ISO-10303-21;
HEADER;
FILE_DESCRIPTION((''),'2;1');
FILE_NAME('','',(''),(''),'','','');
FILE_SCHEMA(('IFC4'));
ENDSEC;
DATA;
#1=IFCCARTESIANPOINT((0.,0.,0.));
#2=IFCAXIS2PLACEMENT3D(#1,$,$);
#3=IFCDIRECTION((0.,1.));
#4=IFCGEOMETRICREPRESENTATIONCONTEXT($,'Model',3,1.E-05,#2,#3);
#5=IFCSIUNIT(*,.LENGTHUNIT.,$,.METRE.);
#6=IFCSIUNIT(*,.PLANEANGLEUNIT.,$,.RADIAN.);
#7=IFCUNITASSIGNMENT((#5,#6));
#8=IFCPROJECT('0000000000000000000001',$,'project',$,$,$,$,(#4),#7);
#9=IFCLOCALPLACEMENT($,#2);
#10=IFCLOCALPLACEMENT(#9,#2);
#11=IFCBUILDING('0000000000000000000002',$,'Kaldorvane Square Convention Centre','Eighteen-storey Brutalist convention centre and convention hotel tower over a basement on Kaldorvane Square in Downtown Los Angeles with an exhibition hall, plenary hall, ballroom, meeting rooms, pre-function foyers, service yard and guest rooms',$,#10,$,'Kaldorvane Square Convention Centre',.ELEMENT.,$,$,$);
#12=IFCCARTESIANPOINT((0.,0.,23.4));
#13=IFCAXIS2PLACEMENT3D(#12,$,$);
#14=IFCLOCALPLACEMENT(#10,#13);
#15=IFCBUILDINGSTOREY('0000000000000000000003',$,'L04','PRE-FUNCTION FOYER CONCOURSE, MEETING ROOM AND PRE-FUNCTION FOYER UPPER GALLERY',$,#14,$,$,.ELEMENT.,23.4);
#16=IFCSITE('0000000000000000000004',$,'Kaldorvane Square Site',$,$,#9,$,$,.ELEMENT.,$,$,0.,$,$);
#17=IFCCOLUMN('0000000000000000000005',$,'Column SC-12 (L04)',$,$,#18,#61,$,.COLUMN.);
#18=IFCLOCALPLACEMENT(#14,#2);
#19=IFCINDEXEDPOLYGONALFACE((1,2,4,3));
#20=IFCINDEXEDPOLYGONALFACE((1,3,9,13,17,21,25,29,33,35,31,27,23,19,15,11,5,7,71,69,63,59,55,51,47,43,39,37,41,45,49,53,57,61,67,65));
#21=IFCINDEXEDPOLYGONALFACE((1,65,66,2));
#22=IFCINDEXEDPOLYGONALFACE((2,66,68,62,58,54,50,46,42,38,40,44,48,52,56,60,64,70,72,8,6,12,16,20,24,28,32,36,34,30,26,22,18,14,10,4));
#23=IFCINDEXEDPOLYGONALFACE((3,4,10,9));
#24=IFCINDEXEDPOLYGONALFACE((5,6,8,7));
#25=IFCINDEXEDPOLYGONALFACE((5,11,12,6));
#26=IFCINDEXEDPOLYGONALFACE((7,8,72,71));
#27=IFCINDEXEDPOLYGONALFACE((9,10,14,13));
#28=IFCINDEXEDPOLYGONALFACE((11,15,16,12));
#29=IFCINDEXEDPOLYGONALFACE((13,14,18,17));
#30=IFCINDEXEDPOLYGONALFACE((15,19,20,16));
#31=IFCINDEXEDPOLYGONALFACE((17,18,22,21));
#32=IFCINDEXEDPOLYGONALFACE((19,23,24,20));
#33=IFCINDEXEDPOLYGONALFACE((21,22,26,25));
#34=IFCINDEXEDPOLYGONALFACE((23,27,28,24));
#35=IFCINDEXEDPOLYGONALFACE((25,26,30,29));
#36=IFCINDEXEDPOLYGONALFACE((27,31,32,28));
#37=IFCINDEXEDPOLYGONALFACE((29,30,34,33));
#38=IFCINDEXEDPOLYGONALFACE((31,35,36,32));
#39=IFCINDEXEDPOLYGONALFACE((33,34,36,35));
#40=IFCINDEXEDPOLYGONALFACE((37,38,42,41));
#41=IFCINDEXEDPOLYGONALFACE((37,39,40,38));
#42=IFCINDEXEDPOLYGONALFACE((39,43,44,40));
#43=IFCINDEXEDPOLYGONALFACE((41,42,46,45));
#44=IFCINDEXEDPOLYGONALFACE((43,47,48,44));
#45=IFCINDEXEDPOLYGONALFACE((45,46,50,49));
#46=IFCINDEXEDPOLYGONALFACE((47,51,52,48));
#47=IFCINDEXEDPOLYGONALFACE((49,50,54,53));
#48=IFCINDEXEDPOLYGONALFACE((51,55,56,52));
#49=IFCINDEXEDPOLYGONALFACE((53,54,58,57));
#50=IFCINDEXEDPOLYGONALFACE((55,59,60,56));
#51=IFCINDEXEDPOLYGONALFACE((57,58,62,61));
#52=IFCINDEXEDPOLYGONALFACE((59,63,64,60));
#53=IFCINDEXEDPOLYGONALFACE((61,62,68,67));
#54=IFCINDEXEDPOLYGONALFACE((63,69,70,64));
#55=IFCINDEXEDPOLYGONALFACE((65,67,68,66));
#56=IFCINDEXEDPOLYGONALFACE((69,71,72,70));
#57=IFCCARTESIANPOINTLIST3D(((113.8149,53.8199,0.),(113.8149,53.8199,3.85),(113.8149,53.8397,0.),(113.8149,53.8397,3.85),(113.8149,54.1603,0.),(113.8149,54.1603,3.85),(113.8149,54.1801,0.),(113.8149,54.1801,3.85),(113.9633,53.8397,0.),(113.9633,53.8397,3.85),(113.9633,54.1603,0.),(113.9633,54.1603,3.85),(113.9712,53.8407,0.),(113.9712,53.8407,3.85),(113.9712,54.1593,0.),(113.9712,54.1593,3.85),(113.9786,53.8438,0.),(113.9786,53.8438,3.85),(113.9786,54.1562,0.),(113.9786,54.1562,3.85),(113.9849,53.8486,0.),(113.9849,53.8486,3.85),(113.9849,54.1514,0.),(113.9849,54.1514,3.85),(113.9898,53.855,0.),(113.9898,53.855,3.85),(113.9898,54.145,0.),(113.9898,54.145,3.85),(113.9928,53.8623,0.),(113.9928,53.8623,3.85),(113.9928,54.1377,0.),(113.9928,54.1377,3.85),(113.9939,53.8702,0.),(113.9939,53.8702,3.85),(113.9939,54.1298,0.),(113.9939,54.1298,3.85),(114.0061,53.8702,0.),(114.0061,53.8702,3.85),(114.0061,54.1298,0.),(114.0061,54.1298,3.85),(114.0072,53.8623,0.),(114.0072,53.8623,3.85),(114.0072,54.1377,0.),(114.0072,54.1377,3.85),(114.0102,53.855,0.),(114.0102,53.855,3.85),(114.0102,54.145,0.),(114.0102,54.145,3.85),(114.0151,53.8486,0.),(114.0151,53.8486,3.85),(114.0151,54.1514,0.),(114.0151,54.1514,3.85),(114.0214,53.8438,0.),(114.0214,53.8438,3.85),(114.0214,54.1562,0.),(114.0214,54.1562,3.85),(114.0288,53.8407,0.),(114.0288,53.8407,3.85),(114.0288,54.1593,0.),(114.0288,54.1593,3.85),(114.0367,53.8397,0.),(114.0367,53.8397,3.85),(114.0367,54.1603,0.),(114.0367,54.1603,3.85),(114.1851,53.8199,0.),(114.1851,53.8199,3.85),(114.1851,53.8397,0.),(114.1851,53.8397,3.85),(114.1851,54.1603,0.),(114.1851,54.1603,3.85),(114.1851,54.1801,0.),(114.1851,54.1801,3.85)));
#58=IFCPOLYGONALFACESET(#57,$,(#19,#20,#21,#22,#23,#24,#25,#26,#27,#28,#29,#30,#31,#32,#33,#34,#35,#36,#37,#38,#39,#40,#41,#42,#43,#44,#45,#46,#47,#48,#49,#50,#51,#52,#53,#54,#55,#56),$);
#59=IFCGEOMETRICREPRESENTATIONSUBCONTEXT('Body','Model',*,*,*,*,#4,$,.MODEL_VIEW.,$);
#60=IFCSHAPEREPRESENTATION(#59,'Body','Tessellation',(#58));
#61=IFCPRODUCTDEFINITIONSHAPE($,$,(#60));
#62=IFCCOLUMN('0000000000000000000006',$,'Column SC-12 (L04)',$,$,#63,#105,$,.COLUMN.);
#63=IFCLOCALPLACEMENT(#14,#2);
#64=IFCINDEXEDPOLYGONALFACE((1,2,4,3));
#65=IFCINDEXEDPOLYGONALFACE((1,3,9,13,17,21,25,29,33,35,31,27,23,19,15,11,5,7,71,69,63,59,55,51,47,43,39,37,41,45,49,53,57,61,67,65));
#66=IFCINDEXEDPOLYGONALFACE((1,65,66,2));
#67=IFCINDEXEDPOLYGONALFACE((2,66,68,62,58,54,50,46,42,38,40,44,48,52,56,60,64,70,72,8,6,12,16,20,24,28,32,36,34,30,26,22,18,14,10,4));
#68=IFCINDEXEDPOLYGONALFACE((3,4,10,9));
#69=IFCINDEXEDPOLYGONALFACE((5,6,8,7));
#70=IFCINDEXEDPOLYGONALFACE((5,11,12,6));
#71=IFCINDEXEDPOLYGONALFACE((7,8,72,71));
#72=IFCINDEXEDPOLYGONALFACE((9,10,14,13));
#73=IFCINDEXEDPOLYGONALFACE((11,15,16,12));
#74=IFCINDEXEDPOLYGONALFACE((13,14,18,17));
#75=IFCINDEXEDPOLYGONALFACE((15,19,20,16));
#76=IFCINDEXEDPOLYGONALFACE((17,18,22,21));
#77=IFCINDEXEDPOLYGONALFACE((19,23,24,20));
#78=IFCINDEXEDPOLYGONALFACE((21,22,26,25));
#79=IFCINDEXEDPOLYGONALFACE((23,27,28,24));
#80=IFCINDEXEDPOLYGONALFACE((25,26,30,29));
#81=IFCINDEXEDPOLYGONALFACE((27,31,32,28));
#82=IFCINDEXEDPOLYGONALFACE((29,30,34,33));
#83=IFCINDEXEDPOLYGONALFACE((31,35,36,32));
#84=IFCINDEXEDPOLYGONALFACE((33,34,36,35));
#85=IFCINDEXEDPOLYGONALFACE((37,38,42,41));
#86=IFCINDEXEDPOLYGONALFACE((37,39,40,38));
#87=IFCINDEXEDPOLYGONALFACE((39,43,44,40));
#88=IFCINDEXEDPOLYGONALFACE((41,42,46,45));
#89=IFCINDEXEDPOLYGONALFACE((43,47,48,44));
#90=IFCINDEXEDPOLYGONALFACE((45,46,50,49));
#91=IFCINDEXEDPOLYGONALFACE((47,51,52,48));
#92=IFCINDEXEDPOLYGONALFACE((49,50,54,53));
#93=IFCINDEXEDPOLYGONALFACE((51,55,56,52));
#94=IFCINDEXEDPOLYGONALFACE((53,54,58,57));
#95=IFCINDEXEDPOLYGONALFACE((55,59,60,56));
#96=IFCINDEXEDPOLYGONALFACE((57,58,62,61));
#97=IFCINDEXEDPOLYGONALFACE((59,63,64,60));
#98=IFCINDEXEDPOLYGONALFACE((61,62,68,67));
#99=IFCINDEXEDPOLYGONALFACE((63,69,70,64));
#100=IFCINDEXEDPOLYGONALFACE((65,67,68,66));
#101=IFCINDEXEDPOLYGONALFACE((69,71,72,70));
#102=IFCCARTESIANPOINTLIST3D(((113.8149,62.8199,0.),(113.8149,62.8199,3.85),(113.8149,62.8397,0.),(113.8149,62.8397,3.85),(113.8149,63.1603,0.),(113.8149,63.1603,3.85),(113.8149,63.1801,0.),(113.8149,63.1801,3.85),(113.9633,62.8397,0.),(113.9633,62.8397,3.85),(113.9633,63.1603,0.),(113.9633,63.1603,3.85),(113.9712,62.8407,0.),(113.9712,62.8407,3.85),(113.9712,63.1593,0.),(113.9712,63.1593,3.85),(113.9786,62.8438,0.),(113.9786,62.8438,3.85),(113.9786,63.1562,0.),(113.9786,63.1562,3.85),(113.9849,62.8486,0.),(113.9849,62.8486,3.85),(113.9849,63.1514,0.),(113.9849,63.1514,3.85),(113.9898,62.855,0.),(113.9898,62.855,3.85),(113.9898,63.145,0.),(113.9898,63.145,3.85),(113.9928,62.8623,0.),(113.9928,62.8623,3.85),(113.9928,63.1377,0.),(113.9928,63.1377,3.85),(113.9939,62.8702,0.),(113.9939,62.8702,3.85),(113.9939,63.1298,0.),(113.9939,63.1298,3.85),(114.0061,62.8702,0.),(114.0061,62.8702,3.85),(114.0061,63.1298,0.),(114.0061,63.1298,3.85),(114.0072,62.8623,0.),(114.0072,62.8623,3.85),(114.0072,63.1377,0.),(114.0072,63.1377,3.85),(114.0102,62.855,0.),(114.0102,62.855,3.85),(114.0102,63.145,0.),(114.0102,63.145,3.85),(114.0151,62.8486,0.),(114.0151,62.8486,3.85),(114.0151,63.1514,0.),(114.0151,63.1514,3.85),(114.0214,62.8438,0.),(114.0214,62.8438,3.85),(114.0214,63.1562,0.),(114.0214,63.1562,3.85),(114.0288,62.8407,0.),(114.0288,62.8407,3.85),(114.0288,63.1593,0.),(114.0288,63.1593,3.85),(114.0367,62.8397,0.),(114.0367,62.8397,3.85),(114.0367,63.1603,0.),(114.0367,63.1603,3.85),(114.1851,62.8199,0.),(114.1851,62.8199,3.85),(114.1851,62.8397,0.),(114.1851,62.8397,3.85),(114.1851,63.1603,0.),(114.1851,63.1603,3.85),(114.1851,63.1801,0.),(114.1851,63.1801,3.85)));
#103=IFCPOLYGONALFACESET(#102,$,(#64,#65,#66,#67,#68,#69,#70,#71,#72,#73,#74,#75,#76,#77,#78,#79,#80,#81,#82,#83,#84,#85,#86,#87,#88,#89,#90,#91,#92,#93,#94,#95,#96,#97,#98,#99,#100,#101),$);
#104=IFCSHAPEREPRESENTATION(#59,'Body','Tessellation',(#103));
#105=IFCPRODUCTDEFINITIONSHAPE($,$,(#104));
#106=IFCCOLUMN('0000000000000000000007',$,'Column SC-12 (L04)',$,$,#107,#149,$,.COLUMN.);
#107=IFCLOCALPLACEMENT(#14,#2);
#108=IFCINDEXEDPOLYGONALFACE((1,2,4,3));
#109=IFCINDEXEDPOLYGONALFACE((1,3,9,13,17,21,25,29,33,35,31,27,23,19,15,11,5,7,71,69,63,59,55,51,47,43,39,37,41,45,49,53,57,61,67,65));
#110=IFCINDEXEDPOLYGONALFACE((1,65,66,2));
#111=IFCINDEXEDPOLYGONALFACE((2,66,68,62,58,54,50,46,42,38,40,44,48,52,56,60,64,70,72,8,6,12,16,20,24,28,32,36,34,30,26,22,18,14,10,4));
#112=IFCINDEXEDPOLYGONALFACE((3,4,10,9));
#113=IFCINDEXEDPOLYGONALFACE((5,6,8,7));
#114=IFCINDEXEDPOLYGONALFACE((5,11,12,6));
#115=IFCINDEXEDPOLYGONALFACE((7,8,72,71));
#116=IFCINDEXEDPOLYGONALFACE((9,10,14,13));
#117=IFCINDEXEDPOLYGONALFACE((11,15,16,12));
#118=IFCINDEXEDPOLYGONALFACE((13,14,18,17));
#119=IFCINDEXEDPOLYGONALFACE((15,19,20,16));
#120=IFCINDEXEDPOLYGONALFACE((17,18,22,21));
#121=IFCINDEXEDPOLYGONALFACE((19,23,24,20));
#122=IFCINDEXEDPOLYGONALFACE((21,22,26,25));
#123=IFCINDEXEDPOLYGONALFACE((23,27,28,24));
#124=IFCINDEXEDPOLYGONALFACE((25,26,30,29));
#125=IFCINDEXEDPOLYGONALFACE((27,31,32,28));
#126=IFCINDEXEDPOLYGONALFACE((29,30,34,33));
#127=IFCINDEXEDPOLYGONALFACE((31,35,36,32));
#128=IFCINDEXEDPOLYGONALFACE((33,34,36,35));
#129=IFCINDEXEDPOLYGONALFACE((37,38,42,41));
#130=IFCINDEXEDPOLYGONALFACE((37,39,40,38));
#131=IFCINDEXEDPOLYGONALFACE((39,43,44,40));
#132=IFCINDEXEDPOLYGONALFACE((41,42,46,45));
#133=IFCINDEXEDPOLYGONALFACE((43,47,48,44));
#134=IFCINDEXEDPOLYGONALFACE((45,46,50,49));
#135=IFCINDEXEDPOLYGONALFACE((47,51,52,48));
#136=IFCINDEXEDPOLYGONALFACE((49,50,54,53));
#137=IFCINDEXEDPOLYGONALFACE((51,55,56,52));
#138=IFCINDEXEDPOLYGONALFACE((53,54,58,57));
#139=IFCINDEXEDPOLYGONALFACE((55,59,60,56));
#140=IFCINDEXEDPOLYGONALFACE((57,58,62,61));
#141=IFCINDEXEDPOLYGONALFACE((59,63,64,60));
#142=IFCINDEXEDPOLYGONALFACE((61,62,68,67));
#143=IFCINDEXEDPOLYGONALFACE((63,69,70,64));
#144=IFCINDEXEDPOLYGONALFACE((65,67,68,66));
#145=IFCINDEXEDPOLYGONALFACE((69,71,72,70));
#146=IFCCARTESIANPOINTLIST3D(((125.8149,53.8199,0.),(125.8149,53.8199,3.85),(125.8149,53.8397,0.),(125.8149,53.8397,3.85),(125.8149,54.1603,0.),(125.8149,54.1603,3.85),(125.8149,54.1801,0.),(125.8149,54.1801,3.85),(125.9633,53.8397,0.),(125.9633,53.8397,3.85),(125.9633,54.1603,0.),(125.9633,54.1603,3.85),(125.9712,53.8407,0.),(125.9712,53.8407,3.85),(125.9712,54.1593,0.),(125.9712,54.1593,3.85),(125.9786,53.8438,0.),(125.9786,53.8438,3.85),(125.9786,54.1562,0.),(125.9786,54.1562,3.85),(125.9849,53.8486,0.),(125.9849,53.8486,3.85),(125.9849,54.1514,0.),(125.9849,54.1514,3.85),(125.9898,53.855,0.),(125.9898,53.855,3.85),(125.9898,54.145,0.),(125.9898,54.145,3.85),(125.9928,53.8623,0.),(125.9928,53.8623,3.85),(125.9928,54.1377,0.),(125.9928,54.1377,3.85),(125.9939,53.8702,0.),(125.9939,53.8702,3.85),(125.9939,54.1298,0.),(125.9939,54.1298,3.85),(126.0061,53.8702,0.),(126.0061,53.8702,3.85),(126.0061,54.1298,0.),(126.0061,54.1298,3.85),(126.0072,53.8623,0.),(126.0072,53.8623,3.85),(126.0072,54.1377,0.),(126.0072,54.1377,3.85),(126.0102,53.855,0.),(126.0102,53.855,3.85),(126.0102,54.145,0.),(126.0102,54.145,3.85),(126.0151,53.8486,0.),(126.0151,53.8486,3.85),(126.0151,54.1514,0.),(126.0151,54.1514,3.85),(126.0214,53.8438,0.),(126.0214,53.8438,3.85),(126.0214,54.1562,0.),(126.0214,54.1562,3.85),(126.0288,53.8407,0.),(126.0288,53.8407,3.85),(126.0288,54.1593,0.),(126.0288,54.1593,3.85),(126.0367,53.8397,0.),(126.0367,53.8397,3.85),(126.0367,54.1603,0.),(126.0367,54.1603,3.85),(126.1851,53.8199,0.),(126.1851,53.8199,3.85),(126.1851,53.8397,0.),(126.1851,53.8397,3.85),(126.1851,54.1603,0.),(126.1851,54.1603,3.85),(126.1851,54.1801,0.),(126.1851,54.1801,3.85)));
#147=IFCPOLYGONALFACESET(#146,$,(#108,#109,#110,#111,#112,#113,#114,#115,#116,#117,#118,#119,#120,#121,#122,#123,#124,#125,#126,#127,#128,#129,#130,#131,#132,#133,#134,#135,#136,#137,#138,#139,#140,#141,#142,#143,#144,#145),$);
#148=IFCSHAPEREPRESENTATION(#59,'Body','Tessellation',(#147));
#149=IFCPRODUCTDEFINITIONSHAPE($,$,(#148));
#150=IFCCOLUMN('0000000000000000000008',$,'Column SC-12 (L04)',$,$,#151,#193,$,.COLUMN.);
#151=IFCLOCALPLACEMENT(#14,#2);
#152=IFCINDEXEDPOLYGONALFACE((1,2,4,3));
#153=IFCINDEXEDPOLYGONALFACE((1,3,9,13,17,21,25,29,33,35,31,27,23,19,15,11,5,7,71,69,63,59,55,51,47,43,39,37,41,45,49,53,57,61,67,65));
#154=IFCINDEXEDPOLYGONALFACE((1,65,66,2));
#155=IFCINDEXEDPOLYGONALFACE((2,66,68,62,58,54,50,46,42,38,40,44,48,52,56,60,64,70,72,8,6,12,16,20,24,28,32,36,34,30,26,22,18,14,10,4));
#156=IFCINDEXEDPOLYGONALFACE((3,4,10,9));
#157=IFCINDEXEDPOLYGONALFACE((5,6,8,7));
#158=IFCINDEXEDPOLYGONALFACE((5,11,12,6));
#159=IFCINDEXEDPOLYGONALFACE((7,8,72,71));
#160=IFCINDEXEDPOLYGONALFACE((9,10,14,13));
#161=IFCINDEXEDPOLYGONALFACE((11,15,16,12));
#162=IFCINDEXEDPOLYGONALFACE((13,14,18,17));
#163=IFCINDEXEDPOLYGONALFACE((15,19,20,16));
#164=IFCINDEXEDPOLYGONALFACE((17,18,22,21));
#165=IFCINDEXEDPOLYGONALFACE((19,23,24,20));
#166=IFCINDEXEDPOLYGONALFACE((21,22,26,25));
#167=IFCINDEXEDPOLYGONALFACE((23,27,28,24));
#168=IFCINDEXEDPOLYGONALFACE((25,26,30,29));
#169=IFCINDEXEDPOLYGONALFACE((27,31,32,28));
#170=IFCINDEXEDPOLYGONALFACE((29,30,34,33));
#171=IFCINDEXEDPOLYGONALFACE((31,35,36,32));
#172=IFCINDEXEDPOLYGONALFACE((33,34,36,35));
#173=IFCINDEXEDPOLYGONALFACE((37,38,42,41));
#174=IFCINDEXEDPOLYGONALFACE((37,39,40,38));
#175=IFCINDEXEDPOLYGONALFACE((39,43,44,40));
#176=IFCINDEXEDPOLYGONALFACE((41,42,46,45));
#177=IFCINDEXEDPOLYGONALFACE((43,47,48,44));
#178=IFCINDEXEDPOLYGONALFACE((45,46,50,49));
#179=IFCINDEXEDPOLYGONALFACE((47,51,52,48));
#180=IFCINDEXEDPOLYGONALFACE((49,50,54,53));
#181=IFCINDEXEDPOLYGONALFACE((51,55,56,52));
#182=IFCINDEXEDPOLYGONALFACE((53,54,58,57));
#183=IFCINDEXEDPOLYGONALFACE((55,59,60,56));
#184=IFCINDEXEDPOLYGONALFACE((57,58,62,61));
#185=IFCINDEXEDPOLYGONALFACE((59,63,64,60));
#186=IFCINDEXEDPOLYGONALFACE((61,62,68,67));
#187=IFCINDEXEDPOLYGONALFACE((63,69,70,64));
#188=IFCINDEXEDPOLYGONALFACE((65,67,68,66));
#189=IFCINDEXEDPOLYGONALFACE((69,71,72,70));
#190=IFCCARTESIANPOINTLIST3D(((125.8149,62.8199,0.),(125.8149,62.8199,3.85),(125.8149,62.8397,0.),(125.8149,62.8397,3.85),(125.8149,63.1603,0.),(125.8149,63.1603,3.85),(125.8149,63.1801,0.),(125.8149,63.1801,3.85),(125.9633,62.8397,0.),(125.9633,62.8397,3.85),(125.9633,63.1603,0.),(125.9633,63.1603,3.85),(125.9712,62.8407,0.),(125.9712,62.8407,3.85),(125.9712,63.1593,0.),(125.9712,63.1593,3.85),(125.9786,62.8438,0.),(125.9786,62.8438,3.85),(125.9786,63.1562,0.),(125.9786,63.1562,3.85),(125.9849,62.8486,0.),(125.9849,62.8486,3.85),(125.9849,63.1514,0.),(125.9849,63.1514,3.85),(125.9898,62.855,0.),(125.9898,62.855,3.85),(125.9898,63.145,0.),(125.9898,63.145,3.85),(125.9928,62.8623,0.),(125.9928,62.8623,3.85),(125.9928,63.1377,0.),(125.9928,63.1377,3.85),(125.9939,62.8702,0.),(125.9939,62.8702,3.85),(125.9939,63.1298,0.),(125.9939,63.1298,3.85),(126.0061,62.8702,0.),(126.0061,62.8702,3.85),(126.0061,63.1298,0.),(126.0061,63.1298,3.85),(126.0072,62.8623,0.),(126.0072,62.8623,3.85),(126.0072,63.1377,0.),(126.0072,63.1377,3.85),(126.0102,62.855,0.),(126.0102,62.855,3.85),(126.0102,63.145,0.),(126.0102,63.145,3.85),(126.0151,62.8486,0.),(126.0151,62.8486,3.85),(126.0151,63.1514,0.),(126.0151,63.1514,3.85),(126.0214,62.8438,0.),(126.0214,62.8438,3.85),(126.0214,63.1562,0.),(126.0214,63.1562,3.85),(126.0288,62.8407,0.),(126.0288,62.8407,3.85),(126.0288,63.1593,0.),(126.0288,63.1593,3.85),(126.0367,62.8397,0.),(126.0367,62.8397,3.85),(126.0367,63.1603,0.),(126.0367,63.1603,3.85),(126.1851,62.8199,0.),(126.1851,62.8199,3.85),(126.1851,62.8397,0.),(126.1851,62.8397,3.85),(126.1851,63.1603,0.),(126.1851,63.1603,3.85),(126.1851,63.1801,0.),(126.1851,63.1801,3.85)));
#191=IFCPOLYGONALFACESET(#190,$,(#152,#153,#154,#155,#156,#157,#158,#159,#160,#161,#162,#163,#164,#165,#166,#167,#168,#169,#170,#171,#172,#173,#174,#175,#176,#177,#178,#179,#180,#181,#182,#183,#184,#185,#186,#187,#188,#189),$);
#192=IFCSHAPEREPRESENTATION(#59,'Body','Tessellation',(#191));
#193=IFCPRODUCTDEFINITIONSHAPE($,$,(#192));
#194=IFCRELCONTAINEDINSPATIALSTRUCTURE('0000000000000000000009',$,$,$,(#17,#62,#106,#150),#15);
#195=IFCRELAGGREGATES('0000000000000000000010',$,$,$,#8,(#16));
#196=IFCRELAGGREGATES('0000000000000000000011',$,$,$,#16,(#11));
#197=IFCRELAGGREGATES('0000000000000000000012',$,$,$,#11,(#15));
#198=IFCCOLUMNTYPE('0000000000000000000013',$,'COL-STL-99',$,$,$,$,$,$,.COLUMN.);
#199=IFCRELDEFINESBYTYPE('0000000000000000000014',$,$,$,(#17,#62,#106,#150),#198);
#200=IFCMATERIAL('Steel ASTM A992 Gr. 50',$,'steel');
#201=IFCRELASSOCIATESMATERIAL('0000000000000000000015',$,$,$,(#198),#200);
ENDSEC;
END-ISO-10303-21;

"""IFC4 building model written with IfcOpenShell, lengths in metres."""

from ifc_helpers import new_model, si_unit, direction, frame, origin, origin_2d, place, context, subcontext, project, spatial, i_section, extrude, material, material_profile, profile_set, type_object, element, save


model = new_model("IFC4")

# Units and contexts
model_context = context("Model", 3, precision=1e-05, world=origin(), true_north=direction((0.0, 1.0)))
body_context = subcontext(model_context, "Body", "Model", "MODEL_VIEW")
ifc_project = project(units=[si_unit("LENGTHUNIT", "METRE"), si_unit("PLANEANGLEUNIT", "RADIAN")], contexts=[model_context])

# Site, building, storey
site_placement = place(None, origin())
site = spatial("IfcSite", under=ifc_project, at=site_placement, Name="Kaldorvane Square Site", CompositionType="ELEMENT", RefElevation=0.0)
building_placement = place(site_placement, origin())
building = spatial("IfcBuilding", under=site, at=building_placement, Name="Kaldorvane Square Convention Centre", Description="Eighteen-storey Brutalist convention centre and convention hotel tower over a basement on Kaldorvane Square in Downtown Los Angeles with an exhibition hall, plenary hall, ballroom, meeting rooms, pre-function foyers, service yard and guest rooms", LongName="Kaldorvane Square Convention Centre", CompositionType="ELEMENT")
storey_placement = place(building_placement, frame((0.0, 0.0, 23.4)))
storey = spatial("IfcBuildingStorey", under=building, at=storey_placement, Name="L04", Description="PRE-FUNCTION FOYER CONCOURSE, MEETING ROOM AND PRE-FUNCTION FOYER UPPER GALLERY", CompositionType="ELEMENT", Elevation=23.4)

# Columns
ifc_material_1 = material(Name="Steel ASTM A992 Gr. 50", Category="steel")
ifc_material_profile_1 = material_profile(ifc_material_1, i_section(OverallWidth=0.3701, OverallDepth=0.3602, WebThickness=0.0123, FlangeThickness=0.0198, FilletRadius=0.0305, at=origin_2d()), Name="W14X99")
ifc_profile_set_1 = profile_set([ifc_material_profile_1], Name="Steel ASTM A992 Gr. 50")
column_type = type_object("IfcColumnType", Name="COL-STL-99", PredefinedType="COLUMN", material=ifc_profile_set_1)
for number, where, z_axis, x_axis, name in (
    (1, (114.0, 54.0, 0.0), (0.0, 0.0, 1.0), (1.0, 0.0, 0.0), "Column SC-12 (L04)"),
    (2, (114.0, 63.0, 0.0), (0.0, 0.0, 1.0), (1.0, 0.0, 0.0), "Column SC-12 (L04)"),
    (3, (126.0, 54.0, 0.0), (0.0, 0.0, 1.0), (1.0, 0.0, 0.0), "Column SC-12 (L04)"),
    (4, (126.0, 63.0, 0.0), (0.0, 0.0, 1.0), (1.0, 0.0, 0.0), "Column SC-12 (L04)"),
):
    element("IfcColumn", number, at=place(storey_placement, frame(where, z_axis=z_axis, x_axis=x_axis)), inside=storey, type_object=column_type, Name=name, PredefinedType="COLUMN", context=body_context, shape_type="SweptSolid", body=[
        extrude(i_section(OverallWidth=0.3701, OverallDepth=0.3602, WebThickness=0.0123, FlangeThickness=0.0198, FilletRadius=0.0305, at=origin_2d()), origin(), (0.0, 0.0, 1.0), 3.85),
    ])

save(model, "model.ifc")
